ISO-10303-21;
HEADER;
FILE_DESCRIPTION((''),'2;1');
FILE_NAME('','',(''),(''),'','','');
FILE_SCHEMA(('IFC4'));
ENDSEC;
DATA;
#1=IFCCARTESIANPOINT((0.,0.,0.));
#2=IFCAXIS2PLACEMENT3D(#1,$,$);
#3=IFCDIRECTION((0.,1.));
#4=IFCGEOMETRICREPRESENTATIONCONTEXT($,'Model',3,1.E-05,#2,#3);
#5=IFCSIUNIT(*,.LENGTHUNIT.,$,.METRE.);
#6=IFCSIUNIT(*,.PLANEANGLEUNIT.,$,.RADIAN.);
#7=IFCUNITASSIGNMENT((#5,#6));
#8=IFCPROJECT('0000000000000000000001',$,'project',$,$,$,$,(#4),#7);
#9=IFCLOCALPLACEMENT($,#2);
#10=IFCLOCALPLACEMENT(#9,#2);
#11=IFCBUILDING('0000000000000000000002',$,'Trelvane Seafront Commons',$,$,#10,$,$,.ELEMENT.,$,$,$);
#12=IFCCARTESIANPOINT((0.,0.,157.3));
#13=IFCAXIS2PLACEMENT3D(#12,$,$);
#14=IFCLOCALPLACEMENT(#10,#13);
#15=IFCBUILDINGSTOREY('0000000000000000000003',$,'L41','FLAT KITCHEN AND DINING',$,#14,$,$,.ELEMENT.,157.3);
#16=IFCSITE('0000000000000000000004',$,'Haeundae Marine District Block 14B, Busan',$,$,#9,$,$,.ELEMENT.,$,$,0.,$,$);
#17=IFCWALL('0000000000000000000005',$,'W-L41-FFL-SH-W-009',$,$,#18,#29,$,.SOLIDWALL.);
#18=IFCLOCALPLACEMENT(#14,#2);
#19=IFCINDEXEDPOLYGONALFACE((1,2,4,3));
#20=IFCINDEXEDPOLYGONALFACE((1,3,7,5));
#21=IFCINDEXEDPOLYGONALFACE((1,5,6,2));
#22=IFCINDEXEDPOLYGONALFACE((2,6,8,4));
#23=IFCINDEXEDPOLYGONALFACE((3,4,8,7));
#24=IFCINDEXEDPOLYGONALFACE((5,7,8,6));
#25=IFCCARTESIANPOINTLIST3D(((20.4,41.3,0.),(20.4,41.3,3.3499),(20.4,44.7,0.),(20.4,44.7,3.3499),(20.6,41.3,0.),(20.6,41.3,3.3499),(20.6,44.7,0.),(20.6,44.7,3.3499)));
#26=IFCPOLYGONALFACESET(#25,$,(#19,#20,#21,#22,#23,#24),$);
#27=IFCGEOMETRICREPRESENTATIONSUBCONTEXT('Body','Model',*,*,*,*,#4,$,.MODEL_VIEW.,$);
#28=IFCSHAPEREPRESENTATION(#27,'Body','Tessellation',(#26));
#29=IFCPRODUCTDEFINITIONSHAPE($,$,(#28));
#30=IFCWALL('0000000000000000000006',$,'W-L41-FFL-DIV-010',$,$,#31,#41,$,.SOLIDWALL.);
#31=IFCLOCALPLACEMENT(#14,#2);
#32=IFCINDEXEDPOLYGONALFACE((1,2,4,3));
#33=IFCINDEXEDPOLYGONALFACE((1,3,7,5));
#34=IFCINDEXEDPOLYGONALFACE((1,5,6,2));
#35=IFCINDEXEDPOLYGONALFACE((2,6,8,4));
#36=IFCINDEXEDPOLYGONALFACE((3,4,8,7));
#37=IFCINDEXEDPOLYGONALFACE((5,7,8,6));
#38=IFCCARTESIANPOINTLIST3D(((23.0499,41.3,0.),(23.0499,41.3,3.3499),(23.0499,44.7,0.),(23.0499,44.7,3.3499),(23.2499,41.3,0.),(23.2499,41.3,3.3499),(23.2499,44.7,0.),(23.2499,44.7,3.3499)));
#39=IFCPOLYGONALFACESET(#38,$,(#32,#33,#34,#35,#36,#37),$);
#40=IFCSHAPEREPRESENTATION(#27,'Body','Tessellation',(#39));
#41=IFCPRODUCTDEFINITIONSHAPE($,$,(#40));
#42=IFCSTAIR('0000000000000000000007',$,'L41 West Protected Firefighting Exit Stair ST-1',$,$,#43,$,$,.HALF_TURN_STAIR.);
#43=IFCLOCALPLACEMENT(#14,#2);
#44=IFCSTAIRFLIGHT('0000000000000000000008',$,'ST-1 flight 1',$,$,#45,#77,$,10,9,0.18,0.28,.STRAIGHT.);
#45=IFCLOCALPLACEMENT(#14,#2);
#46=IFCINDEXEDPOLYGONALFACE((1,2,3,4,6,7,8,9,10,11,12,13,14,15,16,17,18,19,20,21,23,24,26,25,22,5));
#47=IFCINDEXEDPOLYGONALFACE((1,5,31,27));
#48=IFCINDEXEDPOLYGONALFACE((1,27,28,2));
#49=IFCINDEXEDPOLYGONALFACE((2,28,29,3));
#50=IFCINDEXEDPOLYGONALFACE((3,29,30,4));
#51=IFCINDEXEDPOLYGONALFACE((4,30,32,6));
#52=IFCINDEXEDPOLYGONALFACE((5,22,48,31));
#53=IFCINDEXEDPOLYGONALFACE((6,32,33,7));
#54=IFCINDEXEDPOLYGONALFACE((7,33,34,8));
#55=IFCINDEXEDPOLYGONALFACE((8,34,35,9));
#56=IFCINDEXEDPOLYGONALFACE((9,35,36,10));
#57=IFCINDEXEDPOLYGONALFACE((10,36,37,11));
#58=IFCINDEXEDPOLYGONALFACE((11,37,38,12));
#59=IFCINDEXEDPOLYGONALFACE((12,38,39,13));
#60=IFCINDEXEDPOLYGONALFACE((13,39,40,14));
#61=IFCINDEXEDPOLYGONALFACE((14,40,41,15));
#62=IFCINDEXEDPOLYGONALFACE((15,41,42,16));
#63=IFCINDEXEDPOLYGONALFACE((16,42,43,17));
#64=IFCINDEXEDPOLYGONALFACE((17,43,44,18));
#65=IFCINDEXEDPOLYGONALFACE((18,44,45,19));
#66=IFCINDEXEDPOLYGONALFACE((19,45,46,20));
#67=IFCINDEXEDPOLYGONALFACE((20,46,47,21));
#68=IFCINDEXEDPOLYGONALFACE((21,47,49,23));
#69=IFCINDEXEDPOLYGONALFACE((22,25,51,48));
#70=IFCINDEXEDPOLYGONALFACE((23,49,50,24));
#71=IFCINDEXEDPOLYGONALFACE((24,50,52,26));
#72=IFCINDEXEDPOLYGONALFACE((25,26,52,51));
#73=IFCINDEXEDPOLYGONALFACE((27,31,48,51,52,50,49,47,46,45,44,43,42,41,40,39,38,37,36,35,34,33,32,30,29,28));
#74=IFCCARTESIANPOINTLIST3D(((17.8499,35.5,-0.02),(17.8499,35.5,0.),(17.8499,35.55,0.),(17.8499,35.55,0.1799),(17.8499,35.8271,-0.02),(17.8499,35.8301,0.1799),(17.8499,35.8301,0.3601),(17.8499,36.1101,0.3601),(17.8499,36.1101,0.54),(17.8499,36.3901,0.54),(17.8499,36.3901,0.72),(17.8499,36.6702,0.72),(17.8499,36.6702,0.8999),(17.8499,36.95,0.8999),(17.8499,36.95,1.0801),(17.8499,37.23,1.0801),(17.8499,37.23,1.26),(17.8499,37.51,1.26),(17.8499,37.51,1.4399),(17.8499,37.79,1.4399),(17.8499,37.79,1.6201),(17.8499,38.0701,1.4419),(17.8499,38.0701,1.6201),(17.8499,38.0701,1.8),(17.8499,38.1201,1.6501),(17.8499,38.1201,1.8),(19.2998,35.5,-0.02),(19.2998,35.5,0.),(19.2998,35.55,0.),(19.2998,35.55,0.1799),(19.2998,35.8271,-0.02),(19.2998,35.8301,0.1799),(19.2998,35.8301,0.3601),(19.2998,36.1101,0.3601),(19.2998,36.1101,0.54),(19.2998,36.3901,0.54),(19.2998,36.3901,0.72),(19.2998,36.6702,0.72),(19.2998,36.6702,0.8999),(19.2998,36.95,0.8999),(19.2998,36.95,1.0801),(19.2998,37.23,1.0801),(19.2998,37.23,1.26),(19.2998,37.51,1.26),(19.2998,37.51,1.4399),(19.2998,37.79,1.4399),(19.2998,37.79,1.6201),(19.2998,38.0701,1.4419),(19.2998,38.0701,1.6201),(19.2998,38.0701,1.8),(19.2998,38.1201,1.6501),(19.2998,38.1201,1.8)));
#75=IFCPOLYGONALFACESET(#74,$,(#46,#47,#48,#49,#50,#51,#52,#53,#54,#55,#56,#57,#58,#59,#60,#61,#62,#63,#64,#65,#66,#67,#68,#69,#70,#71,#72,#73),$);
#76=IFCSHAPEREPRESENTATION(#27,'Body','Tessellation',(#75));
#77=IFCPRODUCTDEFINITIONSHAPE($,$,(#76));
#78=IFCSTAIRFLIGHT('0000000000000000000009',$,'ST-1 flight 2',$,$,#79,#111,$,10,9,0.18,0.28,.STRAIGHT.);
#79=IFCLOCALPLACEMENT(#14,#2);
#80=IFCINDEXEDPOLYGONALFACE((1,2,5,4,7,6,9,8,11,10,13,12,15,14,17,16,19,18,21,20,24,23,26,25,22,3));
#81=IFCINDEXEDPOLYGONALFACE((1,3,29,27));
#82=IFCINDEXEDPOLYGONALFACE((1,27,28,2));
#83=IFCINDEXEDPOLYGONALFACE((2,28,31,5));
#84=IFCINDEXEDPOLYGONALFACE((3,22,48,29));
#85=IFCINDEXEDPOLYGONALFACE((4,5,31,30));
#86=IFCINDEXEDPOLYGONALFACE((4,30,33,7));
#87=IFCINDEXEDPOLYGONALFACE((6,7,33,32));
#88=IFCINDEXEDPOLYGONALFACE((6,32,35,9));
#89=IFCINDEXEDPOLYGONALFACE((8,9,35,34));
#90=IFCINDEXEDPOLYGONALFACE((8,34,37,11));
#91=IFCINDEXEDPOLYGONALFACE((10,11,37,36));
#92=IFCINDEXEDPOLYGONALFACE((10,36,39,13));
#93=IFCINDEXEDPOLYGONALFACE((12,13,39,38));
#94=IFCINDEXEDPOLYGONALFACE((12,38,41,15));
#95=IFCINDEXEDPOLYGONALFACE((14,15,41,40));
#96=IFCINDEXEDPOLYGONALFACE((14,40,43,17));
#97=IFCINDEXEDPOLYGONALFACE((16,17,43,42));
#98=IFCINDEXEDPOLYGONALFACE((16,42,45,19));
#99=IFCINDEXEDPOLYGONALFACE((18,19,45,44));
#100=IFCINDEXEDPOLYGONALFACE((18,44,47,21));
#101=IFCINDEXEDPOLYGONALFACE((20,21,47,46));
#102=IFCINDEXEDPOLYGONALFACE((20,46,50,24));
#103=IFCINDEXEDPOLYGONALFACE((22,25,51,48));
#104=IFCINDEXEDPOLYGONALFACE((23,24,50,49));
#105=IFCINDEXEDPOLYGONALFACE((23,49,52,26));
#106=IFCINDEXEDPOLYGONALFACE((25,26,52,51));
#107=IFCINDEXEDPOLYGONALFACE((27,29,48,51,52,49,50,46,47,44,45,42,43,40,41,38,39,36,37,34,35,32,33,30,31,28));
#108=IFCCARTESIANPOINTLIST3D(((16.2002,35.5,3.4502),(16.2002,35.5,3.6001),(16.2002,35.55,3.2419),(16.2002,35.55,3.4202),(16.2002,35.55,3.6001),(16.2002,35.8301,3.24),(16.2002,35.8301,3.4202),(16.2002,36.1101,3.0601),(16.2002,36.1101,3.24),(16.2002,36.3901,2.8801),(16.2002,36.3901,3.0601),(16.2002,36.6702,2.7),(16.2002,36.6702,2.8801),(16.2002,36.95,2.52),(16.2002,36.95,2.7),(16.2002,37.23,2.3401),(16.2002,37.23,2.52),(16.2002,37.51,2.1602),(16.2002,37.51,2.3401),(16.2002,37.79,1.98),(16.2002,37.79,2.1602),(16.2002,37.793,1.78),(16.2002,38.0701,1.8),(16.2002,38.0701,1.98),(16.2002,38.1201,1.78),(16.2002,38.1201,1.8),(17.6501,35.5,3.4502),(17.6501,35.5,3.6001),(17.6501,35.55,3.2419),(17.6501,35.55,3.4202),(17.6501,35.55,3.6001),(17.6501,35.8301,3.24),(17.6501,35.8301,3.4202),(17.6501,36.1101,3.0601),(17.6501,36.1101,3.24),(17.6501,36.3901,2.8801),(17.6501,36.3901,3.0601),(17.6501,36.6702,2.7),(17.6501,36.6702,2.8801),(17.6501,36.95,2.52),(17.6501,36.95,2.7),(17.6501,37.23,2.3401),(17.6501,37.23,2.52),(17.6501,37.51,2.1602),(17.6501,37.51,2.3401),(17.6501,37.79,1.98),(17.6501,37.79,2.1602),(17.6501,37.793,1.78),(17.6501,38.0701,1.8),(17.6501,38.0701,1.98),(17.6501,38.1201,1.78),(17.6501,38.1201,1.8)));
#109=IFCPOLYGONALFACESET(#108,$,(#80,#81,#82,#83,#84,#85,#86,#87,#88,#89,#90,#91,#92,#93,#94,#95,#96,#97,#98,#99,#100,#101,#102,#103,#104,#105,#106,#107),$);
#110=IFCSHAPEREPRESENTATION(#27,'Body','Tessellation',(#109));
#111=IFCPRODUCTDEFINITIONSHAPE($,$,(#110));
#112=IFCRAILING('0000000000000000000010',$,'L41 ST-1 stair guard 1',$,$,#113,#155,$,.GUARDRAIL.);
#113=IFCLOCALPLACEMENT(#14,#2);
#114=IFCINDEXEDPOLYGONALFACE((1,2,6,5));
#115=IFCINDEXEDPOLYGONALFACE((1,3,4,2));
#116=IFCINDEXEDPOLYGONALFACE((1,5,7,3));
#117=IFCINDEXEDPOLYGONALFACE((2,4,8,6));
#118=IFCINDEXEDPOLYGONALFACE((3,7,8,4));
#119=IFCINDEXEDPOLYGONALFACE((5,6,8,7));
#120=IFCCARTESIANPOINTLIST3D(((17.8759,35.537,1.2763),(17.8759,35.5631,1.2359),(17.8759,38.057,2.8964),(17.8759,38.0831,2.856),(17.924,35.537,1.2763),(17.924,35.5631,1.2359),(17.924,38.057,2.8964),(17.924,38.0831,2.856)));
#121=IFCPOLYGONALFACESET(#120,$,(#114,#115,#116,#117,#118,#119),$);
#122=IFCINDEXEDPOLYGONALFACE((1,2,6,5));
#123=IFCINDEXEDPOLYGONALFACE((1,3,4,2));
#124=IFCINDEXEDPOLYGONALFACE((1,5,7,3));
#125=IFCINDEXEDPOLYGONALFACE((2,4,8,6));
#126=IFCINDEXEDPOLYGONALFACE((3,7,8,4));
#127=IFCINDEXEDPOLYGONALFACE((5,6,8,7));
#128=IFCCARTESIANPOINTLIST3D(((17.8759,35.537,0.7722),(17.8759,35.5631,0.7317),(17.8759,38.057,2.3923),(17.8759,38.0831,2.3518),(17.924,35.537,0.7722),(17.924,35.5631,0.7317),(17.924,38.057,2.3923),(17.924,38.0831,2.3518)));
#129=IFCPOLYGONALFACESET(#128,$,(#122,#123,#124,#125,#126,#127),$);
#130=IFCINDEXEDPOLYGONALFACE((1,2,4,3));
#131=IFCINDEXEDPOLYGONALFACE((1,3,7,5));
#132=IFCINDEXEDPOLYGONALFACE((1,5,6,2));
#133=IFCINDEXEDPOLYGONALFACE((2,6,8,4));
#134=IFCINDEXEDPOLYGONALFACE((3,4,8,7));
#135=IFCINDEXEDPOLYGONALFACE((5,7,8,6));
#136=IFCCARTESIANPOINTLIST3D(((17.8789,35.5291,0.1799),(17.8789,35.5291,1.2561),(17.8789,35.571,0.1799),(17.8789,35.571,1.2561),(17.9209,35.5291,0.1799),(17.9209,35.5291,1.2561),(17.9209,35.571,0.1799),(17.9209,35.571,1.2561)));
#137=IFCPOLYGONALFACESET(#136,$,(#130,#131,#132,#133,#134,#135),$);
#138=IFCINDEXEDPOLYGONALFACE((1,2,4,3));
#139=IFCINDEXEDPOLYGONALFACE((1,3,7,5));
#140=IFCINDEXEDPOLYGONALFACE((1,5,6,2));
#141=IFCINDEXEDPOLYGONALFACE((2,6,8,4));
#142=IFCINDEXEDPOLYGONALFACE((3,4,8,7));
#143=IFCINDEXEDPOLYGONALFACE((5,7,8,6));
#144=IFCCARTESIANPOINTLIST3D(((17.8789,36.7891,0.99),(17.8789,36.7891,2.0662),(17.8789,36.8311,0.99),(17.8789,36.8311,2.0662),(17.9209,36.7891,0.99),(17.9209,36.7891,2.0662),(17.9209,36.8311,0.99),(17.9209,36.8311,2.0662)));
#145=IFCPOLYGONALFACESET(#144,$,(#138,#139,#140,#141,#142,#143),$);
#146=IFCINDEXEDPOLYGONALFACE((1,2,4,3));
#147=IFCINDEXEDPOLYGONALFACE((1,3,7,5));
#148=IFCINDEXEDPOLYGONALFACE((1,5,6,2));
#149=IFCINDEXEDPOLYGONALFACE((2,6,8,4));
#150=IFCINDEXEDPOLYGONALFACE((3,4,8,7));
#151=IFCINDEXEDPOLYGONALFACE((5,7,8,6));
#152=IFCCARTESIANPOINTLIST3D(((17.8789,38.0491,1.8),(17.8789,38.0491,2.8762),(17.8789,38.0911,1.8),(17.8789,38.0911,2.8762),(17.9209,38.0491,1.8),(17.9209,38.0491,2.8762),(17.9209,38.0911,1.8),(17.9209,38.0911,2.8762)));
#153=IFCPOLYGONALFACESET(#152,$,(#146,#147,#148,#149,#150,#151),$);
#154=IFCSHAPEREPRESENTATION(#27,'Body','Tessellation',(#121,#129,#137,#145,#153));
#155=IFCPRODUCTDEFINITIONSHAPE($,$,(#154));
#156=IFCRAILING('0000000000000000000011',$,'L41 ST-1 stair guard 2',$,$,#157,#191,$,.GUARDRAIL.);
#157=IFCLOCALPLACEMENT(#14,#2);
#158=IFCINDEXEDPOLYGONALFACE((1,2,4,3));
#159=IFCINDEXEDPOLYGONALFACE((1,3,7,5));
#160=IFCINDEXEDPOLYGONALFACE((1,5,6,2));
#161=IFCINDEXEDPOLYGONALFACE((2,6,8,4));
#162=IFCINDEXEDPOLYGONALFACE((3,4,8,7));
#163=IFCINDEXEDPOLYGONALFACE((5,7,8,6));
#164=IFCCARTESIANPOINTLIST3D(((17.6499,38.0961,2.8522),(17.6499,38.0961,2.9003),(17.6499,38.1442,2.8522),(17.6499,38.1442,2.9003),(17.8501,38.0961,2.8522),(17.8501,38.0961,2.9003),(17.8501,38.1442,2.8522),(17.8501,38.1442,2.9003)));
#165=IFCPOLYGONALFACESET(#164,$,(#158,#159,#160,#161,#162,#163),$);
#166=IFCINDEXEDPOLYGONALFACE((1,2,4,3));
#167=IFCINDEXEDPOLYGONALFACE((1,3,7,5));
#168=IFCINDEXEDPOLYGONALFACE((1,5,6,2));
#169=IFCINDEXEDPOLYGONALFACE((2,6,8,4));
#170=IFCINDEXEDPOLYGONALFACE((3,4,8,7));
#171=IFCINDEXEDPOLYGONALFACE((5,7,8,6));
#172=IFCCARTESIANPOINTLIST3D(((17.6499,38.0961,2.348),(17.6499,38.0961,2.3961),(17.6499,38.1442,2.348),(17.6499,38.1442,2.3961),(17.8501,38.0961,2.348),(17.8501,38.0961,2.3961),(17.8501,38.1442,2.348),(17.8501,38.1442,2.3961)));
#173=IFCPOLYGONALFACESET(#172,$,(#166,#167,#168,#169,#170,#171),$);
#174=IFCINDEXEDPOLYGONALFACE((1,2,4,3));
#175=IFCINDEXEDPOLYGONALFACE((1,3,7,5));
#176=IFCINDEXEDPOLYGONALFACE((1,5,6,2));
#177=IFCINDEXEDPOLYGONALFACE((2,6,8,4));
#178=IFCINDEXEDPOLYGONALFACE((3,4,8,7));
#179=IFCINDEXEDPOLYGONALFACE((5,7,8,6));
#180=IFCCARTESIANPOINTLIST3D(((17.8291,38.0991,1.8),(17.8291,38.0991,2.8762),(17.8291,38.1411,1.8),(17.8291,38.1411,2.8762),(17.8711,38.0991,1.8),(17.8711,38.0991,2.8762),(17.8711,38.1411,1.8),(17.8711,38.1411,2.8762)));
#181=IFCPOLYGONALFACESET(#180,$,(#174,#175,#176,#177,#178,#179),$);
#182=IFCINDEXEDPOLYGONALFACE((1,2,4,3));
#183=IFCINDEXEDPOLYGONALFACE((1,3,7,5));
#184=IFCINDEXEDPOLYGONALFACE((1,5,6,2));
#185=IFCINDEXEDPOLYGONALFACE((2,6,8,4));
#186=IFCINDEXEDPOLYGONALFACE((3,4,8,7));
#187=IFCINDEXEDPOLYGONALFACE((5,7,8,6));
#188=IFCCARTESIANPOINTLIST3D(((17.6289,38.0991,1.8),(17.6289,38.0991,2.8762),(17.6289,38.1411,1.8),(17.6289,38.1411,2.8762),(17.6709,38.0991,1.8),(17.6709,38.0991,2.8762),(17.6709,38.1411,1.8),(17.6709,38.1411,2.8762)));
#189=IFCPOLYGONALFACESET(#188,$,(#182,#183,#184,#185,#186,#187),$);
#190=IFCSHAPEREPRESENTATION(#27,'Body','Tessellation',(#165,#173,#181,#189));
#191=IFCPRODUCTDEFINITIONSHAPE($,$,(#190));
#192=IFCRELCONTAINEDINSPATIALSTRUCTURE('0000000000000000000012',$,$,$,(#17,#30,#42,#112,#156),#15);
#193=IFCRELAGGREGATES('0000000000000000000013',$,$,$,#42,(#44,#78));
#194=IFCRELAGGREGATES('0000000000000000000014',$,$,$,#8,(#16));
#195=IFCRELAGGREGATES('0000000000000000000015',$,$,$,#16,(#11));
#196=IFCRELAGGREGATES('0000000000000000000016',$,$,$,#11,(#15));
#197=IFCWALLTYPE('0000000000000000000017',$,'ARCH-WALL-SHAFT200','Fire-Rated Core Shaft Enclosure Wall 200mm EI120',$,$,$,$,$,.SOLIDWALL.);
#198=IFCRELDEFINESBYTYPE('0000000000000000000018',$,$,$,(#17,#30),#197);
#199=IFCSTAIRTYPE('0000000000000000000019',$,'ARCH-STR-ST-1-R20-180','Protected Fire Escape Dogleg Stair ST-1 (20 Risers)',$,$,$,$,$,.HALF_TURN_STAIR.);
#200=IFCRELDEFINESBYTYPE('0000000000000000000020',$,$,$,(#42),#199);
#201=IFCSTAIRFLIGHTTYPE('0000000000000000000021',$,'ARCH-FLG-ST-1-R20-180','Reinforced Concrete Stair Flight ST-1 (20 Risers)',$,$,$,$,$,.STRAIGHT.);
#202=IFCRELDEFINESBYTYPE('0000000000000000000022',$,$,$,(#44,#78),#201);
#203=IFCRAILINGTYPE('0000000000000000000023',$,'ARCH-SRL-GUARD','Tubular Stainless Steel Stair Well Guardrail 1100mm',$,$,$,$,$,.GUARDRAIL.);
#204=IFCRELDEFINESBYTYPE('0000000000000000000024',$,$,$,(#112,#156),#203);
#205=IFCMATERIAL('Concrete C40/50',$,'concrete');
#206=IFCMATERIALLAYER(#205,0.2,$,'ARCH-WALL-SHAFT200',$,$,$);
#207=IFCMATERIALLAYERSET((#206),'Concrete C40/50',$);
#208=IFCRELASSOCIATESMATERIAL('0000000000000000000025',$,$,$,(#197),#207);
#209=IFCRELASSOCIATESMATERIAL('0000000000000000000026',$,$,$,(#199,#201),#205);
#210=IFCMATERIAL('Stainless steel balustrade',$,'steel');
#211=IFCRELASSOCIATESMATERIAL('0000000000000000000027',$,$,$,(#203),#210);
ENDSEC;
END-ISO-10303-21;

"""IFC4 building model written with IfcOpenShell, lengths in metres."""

from ifc_helpers import new_model, si_unit, direction, frame, frame_2d, origin, origin_2d, place, context, subcontext, project, spatial, polyline, rectangle, outline, extrude, source, transform, mapped, material, layer, layer_set, type_object, element, aggregate, save


model = new_model("IFC4")

# Units and contexts
model_context = context("Model", 3, precision=1e-05, world=origin(), true_north=direction((0.0, 1.0)))
body_context = subcontext(model_context, "Body", "Model", "MODEL_VIEW")
ifc_project = project(units=[si_unit("LENGTHUNIT", "METRE"), si_unit("PLANEANGLEUNIT", "RADIAN")], contexts=[model_context])

# Site, building, storey
site_placement = place(None, origin())
site = spatial("IfcSite", under=ifc_project, at=site_placement, Name="Haeundae Marine District Block 14B, Busan", CompositionType="ELEMENT", RefElevation=0.0)
building_placement = place(site_placement, origin())
building = spatial("IfcBuilding", under=site, at=building_placement, Name="Trelvane Seafront Commons", CompositionType="ELEMENT")
storey_placement = place(building_placement, frame((0.0, 0.0, 157.3)))
storey = spatial("IfcBuildingStorey", under=building, at=storey_placement, Name="L41", Description="FLAT KITCHEN AND DINING", CompositionType="ELEMENT", Elevation=157.3)

# Shared definitions
ifc_material_1 = material(Name="Concrete C40/50", Category="concrete")
ifc_layer_1 = layer(ifc_material_1, 0.2, Name="ARCH-WALL-SHAFT200")
ifc_layer_set_1 = layer_set([ifc_layer_1], Name="Concrete C40/50")
wall_type = type_object("IfcWallType", Name="ARCH-WALL-SHAFT200", Description="Fire-Rated Core Shaft Enclosure Wall 200mm EI120", PredefinedType="SOLIDWALL", material=ifc_layer_set_1)
ifc_material_2 = material(Name="Stainless steel balustrade", Category="steel")

# Walls
for number, where, z_axis, x_axis, name in (
    (1, (20.5, 41.3, 0.0), (0.0, 0.0, 1.0), (0.0, 1.0, 0.0), "W-L41-FFL-SH-W-009"),
    (2, (23.1499, 41.3, 0.0), (0.0, 0.0, 1.0), (0.0, 1.0, 0.0), "W-L41-FFL-DIV-010"),
):
    element("IfcWall", number, at=place(storey_placement, frame(where, z_axis=z_axis, x_axis=x_axis)), inside=storey, type_object=wall_type, Name=name, PredefinedType="SOLIDWALL", context=body_context, shape_type="SweptSolid", body=[
        extrude(rectangle(XDim=3.3999, YDim=0.2, at=frame_2d((1.7, 0.0))), origin(), (0.0, 0.0, 1.0), 3.3499),
    ])

# Stair, stair flights
stair_type = type_object("IfcStairType", Name="ARCH-STR-ST-1-R20-180", Description="Protected Fire Escape Dogleg Stair ST-1 (20 Risers)", PredefinedType="HALF_TURN_STAIR", material=ifc_material_1)
stair_placement = place(storey_placement, origin())
stair = element("IfcStair", 3, at=stair_placement, inside=storey, type_object=stair_type, Name="L41 West Protected Firefighting Exit Stair ST-1", PredefinedType="HALF_TURN_STAIR")
stair_flight_type = type_object("IfcStairFlightType", Name="ARCH-FLG-ST-1-R20-180", Description="Reinforced Concrete Stair Flight ST-1 (20 Risers)", PredefinedType="STRAIGHT", material=ifc_material_1)
shared_shape_1 = source(origin(), body_context, "Body", "SweptSolid", [
    extrude(outline(polyline([(-0.05, -0.02), (-0.05, 0.0), (0.0, 0.0), (0.0, 0.1799), (0.28, 0.1799), (0.28, 0.3601), (0.5601, 0.3601), (0.5601, 0.54), (0.8401, 0.54), (0.8401, 0.72), (1.1201, 0.72), (1.1201, 0.8999), (1.3999, 0.8999), (1.3999, 1.0801), (1.6799, 1.0801), (1.6799, 1.26), (1.96, 1.26), (1.96, 1.4399), (2.24, 1.4399), (2.24, 1.6201), (2.52, 1.6201), (2.52, 1.8), (2.5701, 1.8), (2.5701, 1.6501), (2.52, 1.4419), (0.2771, -0.02), (-0.05, -0.02)])), frame((0.0, 0.7251, 0.0), z_axis=(0.0, -1.0, 0.0), x_axis=(1.0, 0.0, 0.0)), (0.0, 0.0, 1.0), 1.45),
])
stair_flight_1_placement = place(storey_placement, frame((18.575, 35.55, 0.0), z_axis=(0.0, 0.0, 1.0), x_axis=(0.0, 1.0, 0.0)))
stair_flight_1 = element("IfcStairFlight", 4, at=stair_flight_1_placement, type_object=stair_flight_type, Name="ST-1 flight 1", NumberOfRisers=10, NumberOfTreads=9, PredefinedType="STRAIGHT", RiserHeight=0.18, TreadLength=0.28, context=body_context, shape_type="MappedRepresentation", body=[
    mapped(shared_shape_1, transform((0.0, 0.0, 0.0), x_axis=(1.0, 0.0, 0.0), y_axis=(0.0, 1.0, 0.0), z_axis=(0.0, 0.0, 1.0), scale=1.0)),
])
stair_flight_2_placement = place(storey_placement, frame((16.925, 38.0701, 1.8), z_axis=(0.0, 0.0, 1.0), x_axis=(0.0, -1.0, 0.0)))
stair_flight_2 = element("IfcStairFlight", 5, at=stair_flight_2_placement, type_object=stair_flight_type, Name="ST-1 flight 2", NumberOfRisers=10, NumberOfTreads=9, PredefinedType="STRAIGHT", RiserHeight=0.18, TreadLength=0.28, context=body_context, shape_type="MappedRepresentation", body=[
    mapped(shared_shape_1, transform((0.0, 0.0, 0.0), x_axis=(1.0, 0.0, 0.0), y_axis=(0.0, 1.0, 0.0), z_axis=(0.0, 0.0, 1.0), scale=1.0)),
])
aggregate(stair, [stair_flight_1, stair_flight_2])

# Railings
railing_type_1 = type_object("IfcRailingType", Name="ARCH-SRL-GUARD", Description="Tubular Stainless Steel Stair Well Guardrail 1100mm", PredefinedType="GUARDRAIL", material=ifc_material_2)
railing_1_placement = place(storey_placement, frame((17.8999, 35.55, 0.1799)))
element("IfcRailing", 6, at=railing_1_placement, inside=storey, type_object=railing_type_1, Name="L41 ST-1 stair guard 1", PredefinedType="GUARDRAIL", context=body_context, shape_type="SweptSolid", body=[
    extrude(rectangle(XDim=0.0481, YDim=0.0481, at=origin_2d()), frame((0.0, 0.0, 1.0762), z_axis=(0.0, 0.841163, 0.540782), x_axis=(-1.0, 0.0, 0.0)), (0.0, 0.0, 1.0), 2.9958),
    extrude(rectangle(XDim=0.0481, YDim=0.0481, at=origin_2d()), frame((0.0, 0.0, 0.572), z_axis=(0.0, 0.841163, 0.540782), x_axis=(-1.0, 0.0, 0.0)), (0.0, 0.0, 1.0), 2.9958),
    extrude(rectangle(XDim=0.042, YDim=0.042, at=origin_2d()), origin(), (0.0, 0.0, 1.0), 1.0762),
    extrude(rectangle(XDim=0.042, YDim=0.042, at=origin_2d()), frame((0.0, 1.26, 0.8101)), (0.0, 0.0, 1.0), 1.0762),
    extrude(rectangle(XDim=0.042, YDim=0.042, at=origin_2d()), frame((0.0, 2.52, 1.6201)), (0.0, 0.0, 1.0), 1.0762),
])
railing_2_placement = place(storey_placement, frame((17.8501, 38.1201, 1.8)))
element("IfcRailing", 7, at=railing_2_placement, inside=storey, type_object=railing_type_1, Name="L41 ST-1 stair guard 2", PredefinedType="GUARDRAIL", context=body_context, shape_type="SweptSolid", body=[
    extrude(rectangle(XDim=0.0481, YDim=0.0481, at=origin_2d()), frame((0.0, 0.0, 1.0762), z_axis=(-1.0, 0.0, 0.0), x_axis=(0.0, -1.0, 0.0)), (0.0, 0.0, 1.0), 0.2002),
    extrude(rectangle(XDim=0.0481, YDim=0.0481, at=origin_2d()), frame((0.0, 0.0, 0.572), z_axis=(-1.0, 0.0, 0.0), x_axis=(0.0, -1.0, 0.0)), (0.0, 0.0, 1.0), 0.2002),
    extrude(rectangle(XDim=0.042, YDim=0.042, at=origin_2d()), origin(), (0.0, 0.0, 1.0), 1.0762),
    extrude(rectangle(XDim=0.042, YDim=0.042, at=origin_2d()), frame((-0.2002, 0.0, 0.0)), (0.0, 0.0, 1.0), 1.0762),
])

save(model, "model.ifc")
